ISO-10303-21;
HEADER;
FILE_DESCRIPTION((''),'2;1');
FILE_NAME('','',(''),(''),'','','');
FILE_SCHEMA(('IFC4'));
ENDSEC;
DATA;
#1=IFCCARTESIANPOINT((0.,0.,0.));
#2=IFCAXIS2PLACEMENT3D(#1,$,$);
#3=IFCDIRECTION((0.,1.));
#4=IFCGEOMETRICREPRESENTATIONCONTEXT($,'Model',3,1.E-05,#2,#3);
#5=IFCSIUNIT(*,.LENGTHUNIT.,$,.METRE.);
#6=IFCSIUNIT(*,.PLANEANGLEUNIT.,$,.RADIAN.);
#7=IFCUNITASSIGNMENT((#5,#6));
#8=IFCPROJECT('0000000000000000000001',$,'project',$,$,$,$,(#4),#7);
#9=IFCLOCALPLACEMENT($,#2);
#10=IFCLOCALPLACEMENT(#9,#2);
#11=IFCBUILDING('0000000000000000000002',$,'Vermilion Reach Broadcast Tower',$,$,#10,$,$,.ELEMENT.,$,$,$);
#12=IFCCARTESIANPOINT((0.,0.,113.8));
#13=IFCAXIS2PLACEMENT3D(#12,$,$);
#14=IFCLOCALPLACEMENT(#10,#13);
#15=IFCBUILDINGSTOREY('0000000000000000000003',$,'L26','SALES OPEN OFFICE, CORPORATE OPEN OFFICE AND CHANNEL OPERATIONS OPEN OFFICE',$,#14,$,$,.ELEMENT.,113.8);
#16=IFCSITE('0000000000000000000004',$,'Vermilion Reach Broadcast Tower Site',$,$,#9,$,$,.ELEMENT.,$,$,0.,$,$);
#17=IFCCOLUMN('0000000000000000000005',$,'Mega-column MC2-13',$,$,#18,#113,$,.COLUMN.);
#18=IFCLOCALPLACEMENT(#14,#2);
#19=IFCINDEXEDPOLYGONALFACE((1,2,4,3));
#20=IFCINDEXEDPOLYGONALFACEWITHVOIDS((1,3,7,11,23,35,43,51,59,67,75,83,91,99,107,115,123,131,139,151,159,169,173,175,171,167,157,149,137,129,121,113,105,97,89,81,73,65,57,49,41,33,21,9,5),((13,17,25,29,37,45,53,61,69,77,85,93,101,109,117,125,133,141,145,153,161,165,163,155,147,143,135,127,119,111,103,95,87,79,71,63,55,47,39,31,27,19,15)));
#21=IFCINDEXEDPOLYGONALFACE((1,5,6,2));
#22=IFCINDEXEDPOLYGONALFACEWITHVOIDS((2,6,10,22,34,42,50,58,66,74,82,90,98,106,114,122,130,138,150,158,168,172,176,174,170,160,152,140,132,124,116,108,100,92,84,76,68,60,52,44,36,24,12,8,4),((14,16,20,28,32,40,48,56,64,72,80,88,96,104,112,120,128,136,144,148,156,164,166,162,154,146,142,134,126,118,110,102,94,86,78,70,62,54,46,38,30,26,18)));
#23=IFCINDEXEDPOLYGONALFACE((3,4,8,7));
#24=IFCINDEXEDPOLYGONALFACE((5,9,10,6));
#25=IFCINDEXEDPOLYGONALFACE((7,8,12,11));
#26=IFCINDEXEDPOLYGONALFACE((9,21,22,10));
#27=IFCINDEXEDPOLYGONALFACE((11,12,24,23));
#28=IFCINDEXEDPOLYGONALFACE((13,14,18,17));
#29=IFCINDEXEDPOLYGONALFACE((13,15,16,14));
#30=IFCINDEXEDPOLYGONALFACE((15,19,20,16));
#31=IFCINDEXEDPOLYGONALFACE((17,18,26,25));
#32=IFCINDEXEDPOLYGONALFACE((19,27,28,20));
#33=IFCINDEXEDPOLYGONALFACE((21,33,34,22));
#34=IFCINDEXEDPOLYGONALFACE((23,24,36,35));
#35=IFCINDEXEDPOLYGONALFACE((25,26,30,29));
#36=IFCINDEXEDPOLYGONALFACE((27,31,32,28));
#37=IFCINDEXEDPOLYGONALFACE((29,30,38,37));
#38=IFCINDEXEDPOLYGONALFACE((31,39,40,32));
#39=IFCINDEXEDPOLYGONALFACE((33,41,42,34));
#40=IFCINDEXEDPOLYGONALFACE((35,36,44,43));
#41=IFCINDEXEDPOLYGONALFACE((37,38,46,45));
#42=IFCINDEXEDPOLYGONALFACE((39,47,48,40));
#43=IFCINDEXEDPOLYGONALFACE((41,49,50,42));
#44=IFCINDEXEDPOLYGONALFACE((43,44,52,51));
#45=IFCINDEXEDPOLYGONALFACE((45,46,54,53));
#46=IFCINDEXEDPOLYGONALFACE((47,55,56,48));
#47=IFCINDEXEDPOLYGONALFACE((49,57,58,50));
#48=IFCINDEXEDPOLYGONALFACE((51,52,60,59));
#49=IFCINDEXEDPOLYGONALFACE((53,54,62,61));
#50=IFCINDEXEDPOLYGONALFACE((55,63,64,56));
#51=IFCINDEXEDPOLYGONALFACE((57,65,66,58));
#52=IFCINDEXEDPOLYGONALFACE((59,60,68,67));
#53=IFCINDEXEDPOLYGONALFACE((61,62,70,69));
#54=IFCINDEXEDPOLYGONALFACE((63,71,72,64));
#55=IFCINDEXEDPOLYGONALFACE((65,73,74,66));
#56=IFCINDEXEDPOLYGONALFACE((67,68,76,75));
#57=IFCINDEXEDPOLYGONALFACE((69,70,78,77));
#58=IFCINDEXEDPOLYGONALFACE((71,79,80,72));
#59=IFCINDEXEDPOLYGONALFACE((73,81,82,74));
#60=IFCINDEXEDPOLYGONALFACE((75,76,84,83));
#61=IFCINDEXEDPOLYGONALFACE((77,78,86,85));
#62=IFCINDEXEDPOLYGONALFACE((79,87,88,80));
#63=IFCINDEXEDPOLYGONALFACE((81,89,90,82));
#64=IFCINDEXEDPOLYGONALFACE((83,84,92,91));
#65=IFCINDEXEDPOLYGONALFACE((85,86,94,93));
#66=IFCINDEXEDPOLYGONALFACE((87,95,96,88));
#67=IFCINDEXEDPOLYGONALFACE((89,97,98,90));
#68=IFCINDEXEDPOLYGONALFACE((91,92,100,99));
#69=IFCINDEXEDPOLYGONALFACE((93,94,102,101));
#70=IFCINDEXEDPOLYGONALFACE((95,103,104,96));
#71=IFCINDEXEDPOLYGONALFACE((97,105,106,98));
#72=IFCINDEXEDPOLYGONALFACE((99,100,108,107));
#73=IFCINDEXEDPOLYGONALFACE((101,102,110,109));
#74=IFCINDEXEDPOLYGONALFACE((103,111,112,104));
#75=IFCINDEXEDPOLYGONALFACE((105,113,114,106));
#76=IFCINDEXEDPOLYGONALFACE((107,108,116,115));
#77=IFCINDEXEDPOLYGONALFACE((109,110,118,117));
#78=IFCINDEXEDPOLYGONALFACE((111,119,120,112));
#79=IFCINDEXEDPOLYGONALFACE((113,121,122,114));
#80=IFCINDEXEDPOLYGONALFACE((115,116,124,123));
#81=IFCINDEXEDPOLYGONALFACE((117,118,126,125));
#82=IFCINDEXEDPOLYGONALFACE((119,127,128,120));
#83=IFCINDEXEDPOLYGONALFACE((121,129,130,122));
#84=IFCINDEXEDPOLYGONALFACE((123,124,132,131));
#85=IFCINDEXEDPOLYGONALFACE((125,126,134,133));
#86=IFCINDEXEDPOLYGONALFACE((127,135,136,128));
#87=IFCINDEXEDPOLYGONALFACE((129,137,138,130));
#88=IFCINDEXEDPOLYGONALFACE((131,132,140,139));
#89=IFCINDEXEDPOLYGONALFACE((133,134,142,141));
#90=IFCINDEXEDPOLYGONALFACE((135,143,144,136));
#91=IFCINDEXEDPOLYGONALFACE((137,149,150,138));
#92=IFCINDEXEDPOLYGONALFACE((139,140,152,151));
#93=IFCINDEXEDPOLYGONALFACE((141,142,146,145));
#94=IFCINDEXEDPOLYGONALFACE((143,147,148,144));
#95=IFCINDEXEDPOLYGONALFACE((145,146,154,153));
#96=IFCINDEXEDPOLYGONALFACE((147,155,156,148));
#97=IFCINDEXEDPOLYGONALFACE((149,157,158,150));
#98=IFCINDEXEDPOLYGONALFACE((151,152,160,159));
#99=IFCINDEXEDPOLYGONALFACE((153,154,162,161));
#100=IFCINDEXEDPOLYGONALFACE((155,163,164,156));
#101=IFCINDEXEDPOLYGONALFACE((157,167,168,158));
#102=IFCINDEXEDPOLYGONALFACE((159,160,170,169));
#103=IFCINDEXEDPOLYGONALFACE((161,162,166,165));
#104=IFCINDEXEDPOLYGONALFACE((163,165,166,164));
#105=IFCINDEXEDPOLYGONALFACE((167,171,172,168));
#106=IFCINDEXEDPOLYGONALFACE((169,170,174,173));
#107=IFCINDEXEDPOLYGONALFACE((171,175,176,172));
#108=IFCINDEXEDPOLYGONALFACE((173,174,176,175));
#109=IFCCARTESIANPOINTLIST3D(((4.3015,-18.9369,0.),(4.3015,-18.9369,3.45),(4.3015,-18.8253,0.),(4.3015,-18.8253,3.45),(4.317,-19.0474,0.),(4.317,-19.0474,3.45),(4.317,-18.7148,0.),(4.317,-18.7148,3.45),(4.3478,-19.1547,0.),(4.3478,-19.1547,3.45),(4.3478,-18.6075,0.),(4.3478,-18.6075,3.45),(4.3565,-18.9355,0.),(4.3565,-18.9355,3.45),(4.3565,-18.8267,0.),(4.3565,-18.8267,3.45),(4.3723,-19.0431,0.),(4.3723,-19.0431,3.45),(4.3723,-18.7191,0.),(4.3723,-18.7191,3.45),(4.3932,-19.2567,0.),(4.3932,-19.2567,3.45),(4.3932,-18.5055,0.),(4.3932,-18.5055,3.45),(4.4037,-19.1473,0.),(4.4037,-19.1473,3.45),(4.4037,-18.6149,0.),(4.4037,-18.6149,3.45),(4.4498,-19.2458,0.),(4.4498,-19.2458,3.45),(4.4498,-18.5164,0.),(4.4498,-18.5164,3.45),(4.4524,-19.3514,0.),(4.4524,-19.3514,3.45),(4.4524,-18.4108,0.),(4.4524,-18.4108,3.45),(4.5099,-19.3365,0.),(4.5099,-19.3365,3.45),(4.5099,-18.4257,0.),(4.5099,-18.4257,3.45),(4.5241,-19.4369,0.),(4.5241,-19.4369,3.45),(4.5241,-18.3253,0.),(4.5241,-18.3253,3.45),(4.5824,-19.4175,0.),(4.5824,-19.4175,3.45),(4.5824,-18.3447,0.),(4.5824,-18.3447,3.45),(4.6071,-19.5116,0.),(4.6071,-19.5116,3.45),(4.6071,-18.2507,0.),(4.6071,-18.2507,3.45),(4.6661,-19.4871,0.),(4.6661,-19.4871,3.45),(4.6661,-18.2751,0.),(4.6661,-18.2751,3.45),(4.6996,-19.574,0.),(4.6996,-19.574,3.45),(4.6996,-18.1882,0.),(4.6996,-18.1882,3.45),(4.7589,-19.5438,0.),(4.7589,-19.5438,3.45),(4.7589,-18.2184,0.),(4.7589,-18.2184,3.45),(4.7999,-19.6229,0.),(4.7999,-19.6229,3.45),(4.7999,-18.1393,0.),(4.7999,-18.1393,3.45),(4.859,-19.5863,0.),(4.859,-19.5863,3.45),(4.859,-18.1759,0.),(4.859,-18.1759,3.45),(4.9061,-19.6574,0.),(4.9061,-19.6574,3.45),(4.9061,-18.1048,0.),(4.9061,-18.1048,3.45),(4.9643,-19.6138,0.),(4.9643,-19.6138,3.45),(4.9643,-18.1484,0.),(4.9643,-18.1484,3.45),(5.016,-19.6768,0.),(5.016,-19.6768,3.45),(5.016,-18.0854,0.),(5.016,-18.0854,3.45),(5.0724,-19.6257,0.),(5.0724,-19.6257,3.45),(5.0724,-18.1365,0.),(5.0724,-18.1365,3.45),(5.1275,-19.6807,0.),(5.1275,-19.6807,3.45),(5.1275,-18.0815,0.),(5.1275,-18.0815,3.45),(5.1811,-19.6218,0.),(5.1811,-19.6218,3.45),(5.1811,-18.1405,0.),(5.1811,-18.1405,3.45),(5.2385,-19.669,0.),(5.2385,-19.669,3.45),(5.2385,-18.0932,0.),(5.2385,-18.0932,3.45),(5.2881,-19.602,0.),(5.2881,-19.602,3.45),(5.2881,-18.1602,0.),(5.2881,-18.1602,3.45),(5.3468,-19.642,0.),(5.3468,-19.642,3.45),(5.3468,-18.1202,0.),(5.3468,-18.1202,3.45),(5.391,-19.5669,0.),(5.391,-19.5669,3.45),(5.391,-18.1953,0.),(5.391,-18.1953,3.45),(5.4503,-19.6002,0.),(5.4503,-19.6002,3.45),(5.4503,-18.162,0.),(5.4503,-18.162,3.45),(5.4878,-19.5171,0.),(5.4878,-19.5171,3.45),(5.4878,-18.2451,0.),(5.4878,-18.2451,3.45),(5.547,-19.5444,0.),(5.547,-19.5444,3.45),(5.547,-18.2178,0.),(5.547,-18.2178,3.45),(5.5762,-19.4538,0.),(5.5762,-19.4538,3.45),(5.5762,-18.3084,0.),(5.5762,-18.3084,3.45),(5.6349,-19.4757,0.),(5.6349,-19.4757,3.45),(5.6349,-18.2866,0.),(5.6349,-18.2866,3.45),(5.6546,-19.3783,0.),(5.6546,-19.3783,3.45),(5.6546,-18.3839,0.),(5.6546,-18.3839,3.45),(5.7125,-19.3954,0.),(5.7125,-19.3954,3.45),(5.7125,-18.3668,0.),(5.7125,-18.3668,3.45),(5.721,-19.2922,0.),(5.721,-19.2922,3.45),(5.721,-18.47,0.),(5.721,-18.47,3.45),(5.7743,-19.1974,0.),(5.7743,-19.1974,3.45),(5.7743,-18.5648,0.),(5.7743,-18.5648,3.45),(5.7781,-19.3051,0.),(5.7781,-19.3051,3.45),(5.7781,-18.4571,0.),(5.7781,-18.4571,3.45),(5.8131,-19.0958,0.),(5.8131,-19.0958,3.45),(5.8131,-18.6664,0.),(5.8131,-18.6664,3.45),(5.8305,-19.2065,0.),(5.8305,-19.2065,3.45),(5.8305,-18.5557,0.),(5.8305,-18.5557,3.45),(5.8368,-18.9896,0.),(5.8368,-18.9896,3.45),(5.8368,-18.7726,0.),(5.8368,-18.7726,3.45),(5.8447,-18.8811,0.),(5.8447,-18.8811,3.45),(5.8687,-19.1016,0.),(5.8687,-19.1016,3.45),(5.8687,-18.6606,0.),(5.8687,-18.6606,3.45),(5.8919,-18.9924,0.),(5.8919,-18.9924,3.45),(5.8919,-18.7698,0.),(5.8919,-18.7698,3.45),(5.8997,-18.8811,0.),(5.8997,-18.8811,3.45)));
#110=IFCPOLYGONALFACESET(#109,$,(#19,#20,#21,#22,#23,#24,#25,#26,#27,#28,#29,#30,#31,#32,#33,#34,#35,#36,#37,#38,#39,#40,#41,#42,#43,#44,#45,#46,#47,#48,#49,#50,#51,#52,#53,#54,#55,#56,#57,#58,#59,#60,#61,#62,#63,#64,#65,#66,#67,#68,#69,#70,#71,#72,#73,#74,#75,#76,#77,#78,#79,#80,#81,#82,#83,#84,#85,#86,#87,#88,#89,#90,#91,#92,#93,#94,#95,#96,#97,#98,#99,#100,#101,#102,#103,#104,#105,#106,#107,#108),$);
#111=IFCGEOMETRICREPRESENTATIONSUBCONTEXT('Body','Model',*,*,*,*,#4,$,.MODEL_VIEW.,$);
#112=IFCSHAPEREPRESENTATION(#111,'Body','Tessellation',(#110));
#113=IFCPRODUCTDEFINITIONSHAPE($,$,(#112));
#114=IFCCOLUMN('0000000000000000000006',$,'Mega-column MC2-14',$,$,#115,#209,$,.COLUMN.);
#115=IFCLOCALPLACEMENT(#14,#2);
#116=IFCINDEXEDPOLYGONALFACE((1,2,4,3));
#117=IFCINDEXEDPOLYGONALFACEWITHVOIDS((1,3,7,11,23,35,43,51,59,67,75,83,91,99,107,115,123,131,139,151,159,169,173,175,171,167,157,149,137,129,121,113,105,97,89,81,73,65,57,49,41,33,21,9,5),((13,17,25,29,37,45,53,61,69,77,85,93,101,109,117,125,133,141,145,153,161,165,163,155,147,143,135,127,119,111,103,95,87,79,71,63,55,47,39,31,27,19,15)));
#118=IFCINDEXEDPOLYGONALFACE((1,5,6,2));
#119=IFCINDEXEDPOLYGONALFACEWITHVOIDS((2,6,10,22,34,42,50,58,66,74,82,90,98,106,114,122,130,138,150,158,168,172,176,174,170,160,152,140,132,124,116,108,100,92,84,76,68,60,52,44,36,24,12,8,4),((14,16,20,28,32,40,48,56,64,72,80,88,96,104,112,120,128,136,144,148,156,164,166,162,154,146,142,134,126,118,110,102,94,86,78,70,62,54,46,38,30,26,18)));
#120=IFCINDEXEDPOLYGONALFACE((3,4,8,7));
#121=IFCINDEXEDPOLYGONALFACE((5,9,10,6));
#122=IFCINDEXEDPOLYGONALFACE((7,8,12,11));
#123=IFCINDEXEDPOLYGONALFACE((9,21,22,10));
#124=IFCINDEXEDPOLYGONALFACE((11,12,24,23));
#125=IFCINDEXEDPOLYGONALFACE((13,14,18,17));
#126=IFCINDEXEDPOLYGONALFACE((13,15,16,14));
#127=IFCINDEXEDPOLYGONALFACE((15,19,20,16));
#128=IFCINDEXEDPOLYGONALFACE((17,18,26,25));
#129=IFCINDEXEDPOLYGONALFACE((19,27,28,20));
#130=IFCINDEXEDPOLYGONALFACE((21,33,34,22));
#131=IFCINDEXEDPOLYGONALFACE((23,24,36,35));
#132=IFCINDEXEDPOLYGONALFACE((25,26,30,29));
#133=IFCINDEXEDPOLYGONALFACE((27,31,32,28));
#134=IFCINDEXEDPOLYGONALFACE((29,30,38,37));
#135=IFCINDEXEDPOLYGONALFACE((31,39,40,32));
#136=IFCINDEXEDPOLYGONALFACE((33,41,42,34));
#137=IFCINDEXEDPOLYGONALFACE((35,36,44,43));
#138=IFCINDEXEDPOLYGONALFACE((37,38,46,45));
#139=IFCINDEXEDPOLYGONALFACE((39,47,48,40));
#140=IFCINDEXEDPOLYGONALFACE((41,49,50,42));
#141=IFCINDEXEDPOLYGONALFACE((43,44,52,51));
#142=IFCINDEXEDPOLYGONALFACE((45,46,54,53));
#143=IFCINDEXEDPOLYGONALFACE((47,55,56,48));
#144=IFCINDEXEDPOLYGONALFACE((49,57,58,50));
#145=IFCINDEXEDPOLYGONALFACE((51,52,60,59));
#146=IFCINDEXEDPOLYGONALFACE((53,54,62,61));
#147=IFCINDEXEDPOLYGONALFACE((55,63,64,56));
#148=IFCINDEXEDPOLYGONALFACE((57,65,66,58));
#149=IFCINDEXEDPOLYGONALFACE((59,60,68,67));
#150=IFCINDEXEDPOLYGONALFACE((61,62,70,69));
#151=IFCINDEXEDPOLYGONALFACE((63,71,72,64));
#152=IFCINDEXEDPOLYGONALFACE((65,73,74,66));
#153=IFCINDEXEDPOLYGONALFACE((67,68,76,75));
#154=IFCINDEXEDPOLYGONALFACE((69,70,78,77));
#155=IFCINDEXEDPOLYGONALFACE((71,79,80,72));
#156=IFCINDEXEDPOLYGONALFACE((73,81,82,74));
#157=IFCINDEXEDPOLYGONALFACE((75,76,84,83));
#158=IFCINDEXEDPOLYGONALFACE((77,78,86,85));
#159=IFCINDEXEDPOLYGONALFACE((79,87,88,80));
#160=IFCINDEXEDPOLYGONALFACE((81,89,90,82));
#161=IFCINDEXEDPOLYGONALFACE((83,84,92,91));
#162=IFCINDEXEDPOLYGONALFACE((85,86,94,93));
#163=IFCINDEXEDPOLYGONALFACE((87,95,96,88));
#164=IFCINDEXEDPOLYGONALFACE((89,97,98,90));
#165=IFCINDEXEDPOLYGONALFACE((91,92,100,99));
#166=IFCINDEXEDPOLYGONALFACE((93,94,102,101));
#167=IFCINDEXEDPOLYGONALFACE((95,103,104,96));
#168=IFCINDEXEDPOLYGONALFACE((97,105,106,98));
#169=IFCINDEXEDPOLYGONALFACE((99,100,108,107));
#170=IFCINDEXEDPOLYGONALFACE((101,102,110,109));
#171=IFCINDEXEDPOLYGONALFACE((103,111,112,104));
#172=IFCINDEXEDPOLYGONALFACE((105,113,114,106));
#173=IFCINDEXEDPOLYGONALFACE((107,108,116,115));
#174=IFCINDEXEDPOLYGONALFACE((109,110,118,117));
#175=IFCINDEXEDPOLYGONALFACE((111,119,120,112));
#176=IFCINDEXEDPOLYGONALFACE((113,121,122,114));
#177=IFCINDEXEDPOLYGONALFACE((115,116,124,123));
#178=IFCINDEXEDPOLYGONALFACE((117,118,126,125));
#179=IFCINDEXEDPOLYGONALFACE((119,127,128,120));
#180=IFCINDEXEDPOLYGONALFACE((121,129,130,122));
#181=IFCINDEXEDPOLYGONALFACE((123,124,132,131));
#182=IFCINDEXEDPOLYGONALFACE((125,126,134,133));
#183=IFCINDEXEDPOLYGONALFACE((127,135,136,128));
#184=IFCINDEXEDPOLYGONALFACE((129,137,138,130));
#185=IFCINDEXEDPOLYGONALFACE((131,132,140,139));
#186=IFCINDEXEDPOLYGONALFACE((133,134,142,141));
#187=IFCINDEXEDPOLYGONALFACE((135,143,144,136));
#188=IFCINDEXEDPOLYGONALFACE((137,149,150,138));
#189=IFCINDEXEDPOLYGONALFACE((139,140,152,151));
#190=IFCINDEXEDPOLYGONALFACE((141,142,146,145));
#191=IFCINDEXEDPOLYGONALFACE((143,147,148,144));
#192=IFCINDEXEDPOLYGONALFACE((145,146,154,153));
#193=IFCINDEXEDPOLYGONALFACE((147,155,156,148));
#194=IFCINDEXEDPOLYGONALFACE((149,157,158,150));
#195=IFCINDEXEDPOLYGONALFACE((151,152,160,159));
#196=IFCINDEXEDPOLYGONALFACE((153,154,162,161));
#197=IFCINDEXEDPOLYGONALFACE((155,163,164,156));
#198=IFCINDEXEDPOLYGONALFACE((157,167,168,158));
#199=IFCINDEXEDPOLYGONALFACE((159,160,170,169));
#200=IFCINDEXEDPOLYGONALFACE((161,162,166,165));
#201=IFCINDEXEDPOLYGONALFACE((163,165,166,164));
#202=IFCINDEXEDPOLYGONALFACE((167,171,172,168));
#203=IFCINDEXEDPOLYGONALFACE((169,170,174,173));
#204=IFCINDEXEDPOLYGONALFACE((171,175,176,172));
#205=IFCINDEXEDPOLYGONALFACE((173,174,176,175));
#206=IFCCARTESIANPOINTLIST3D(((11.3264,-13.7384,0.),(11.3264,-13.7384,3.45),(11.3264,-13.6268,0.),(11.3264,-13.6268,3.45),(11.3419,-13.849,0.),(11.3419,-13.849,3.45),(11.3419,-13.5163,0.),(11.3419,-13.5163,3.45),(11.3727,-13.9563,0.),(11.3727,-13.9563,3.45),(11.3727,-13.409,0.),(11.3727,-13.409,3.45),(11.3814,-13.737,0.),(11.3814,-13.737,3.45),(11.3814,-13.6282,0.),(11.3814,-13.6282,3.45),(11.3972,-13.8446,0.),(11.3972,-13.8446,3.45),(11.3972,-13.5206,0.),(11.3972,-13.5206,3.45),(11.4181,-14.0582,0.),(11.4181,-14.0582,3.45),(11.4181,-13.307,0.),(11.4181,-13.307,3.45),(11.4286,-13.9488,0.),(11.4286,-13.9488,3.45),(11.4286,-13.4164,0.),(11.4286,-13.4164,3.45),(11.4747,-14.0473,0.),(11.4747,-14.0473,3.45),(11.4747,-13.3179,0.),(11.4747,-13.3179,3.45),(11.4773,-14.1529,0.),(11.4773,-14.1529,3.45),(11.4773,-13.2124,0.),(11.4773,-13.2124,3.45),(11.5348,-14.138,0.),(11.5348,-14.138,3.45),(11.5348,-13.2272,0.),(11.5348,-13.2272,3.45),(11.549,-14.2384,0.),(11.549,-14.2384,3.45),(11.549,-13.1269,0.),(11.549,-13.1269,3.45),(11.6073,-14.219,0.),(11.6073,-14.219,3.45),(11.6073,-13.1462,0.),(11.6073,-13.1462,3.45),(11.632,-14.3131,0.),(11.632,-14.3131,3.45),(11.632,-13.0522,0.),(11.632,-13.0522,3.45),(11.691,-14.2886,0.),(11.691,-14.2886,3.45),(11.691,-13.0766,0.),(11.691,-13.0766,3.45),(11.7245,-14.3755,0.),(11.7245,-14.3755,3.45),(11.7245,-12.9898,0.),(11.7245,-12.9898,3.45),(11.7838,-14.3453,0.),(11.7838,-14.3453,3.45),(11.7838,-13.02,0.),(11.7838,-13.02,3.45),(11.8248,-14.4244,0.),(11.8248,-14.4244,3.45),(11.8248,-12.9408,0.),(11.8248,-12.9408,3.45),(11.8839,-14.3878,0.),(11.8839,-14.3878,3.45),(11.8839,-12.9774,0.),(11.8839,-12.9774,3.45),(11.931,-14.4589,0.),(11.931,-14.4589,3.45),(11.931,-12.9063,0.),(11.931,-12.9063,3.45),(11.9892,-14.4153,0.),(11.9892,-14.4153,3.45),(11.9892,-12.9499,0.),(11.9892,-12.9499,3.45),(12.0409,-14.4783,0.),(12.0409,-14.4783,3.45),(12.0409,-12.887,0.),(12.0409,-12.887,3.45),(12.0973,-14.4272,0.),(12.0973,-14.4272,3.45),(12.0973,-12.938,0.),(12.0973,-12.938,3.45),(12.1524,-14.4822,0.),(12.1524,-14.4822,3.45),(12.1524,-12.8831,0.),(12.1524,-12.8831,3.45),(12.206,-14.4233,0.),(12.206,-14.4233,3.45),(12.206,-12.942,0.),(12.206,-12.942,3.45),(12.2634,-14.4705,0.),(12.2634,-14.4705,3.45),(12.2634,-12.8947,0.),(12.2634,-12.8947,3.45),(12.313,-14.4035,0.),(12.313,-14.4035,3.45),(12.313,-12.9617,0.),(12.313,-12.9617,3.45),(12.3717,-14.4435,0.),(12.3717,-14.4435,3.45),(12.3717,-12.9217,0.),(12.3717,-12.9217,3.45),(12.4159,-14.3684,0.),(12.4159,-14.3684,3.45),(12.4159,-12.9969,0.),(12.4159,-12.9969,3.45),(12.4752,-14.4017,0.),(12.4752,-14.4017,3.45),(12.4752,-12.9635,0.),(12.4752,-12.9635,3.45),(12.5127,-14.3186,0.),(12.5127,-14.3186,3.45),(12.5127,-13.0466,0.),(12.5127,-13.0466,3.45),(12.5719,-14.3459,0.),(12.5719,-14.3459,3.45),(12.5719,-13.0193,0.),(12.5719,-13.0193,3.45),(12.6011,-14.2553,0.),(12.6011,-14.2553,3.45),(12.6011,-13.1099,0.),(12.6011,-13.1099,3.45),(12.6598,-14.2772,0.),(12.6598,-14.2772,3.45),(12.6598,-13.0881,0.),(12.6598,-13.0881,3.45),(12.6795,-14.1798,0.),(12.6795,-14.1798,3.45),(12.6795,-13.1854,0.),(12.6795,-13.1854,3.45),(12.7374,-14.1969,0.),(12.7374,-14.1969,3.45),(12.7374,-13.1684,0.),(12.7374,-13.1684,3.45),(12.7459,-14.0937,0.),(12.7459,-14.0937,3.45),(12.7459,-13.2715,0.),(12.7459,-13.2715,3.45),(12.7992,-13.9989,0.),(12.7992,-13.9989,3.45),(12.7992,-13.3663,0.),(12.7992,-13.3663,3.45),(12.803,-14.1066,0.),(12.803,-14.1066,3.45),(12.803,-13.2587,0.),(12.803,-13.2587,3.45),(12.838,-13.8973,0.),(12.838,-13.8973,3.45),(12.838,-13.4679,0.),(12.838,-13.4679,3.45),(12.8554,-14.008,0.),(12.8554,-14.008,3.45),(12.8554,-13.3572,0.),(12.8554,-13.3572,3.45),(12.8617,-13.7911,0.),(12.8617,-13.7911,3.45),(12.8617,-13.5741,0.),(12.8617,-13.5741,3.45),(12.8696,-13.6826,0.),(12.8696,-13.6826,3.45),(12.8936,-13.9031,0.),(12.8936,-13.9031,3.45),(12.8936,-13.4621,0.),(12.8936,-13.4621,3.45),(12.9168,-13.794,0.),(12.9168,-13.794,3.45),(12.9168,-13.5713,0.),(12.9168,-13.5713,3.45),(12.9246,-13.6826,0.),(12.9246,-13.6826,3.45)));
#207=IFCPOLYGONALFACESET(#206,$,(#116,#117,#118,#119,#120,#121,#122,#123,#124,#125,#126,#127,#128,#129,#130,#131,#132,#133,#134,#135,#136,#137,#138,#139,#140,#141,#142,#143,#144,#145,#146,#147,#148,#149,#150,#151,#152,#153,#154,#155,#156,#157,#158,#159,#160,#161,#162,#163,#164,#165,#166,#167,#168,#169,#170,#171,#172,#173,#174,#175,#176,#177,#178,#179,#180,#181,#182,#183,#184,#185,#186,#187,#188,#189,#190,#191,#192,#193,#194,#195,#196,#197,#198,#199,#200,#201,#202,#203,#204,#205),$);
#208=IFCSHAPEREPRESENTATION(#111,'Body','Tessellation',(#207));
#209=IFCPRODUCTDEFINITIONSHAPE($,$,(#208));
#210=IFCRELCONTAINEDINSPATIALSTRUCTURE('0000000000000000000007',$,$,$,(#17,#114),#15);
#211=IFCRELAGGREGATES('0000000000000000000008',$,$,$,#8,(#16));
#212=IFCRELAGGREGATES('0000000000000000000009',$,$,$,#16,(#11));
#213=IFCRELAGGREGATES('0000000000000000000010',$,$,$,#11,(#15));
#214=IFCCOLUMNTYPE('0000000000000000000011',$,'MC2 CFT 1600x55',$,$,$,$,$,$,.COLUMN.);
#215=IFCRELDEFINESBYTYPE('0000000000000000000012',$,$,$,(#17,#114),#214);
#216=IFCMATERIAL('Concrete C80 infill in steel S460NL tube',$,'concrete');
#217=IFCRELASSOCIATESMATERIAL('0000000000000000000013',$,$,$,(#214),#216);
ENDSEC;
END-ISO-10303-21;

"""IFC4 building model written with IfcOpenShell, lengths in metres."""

from ifc_helpers import new_model, si_unit, direction, frame, origin, origin_2d, place, context, subcontext, project, spatial, hollow_circle, extrude, material, material_profile, profile_set, type_object, element, save


model = new_model("IFC4")

# Units and contexts
model_context = context("Model", 3, precision=1e-05, world=origin(), true_north=direction((0.0, 1.0)))
body_context = subcontext(model_context, "Body", "Model", "MODEL_VIEW")
ifc_project = project(units=[si_unit("LENGTHUNIT", "METRE"), si_unit("PLANEANGLEUNIT", "RADIAN")], contexts=[model_context])

# Site, building, storey
site_placement = place(None, origin())
site = spatial("IfcSite", under=ifc_project, at=site_placement, Name="Vermilion Reach Broadcast Tower Site", CompositionType="ELEMENT", RefElevation=0.0)
building_placement = place(site_placement, origin())
building = spatial("IfcBuilding", under=site, at=building_placement, Name="Vermilion Reach Broadcast Tower", CompositionType="ELEMENT")
storey_placement = place(building_placement, frame((0.0, 0.0, 113.8)))
storey = spatial("IfcBuildingStorey", under=building, at=storey_placement, Name="L26", Description="SALES OPEN OFFICE, CORPORATE OPEN OFFICE AND CHANNEL OPERATIONS OPEN OFFICE", CompositionType="ELEMENT", Elevation=113.8)

# Columns
ifc_material_1 = material(Name="Concrete C80 infill in steel S460NL tube", Category="concrete")
ifc_material_profile_1 = material_profile(ifc_material_1, hollow_circle(Radius=0.8, WallThickness=0.0549, at=origin_2d()), Name="Concrete C80 infill in steel S460NL tube CFT 1600x55")
ifc_profile_set_1 = profile_set([ifc_material_profile_1], Name="Concrete C80 infill in steel S460NL tube")
column_type = type_object("IfcColumnType", Name="MC2 CFT 1600x55", PredefinedType="COLUMN", material=ifc_profile_set_1)
for number, where, z_axis, x_axis, name in (
    (1, (5.0996, -18.8811, 0.0), (0.0, 0.0, 1.0), (1.0, 0.0, 0.0), "Mega-column MC2-13"),
    (2, (12.1245, -13.6826, 0.0), (0.0, 0.0, 1.0), (1.0, 0.0, 0.0), "Mega-column MC2-14"),
):
    element("IfcColumn", number, at=place(storey_placement, frame(where, z_axis=z_axis, x_axis=x_axis)), inside=storey, type_object=column_type, Name=name, PredefinedType="COLUMN", context=body_context, shape_type="SweptSolid", body=[
        extrude(hollow_circle(Radius=0.8, WallThickness=0.0549, at=origin_2d()), origin(), (0.0, 0.0, 1.0), 3.45),
    ])

save(model, "model.ifc")
